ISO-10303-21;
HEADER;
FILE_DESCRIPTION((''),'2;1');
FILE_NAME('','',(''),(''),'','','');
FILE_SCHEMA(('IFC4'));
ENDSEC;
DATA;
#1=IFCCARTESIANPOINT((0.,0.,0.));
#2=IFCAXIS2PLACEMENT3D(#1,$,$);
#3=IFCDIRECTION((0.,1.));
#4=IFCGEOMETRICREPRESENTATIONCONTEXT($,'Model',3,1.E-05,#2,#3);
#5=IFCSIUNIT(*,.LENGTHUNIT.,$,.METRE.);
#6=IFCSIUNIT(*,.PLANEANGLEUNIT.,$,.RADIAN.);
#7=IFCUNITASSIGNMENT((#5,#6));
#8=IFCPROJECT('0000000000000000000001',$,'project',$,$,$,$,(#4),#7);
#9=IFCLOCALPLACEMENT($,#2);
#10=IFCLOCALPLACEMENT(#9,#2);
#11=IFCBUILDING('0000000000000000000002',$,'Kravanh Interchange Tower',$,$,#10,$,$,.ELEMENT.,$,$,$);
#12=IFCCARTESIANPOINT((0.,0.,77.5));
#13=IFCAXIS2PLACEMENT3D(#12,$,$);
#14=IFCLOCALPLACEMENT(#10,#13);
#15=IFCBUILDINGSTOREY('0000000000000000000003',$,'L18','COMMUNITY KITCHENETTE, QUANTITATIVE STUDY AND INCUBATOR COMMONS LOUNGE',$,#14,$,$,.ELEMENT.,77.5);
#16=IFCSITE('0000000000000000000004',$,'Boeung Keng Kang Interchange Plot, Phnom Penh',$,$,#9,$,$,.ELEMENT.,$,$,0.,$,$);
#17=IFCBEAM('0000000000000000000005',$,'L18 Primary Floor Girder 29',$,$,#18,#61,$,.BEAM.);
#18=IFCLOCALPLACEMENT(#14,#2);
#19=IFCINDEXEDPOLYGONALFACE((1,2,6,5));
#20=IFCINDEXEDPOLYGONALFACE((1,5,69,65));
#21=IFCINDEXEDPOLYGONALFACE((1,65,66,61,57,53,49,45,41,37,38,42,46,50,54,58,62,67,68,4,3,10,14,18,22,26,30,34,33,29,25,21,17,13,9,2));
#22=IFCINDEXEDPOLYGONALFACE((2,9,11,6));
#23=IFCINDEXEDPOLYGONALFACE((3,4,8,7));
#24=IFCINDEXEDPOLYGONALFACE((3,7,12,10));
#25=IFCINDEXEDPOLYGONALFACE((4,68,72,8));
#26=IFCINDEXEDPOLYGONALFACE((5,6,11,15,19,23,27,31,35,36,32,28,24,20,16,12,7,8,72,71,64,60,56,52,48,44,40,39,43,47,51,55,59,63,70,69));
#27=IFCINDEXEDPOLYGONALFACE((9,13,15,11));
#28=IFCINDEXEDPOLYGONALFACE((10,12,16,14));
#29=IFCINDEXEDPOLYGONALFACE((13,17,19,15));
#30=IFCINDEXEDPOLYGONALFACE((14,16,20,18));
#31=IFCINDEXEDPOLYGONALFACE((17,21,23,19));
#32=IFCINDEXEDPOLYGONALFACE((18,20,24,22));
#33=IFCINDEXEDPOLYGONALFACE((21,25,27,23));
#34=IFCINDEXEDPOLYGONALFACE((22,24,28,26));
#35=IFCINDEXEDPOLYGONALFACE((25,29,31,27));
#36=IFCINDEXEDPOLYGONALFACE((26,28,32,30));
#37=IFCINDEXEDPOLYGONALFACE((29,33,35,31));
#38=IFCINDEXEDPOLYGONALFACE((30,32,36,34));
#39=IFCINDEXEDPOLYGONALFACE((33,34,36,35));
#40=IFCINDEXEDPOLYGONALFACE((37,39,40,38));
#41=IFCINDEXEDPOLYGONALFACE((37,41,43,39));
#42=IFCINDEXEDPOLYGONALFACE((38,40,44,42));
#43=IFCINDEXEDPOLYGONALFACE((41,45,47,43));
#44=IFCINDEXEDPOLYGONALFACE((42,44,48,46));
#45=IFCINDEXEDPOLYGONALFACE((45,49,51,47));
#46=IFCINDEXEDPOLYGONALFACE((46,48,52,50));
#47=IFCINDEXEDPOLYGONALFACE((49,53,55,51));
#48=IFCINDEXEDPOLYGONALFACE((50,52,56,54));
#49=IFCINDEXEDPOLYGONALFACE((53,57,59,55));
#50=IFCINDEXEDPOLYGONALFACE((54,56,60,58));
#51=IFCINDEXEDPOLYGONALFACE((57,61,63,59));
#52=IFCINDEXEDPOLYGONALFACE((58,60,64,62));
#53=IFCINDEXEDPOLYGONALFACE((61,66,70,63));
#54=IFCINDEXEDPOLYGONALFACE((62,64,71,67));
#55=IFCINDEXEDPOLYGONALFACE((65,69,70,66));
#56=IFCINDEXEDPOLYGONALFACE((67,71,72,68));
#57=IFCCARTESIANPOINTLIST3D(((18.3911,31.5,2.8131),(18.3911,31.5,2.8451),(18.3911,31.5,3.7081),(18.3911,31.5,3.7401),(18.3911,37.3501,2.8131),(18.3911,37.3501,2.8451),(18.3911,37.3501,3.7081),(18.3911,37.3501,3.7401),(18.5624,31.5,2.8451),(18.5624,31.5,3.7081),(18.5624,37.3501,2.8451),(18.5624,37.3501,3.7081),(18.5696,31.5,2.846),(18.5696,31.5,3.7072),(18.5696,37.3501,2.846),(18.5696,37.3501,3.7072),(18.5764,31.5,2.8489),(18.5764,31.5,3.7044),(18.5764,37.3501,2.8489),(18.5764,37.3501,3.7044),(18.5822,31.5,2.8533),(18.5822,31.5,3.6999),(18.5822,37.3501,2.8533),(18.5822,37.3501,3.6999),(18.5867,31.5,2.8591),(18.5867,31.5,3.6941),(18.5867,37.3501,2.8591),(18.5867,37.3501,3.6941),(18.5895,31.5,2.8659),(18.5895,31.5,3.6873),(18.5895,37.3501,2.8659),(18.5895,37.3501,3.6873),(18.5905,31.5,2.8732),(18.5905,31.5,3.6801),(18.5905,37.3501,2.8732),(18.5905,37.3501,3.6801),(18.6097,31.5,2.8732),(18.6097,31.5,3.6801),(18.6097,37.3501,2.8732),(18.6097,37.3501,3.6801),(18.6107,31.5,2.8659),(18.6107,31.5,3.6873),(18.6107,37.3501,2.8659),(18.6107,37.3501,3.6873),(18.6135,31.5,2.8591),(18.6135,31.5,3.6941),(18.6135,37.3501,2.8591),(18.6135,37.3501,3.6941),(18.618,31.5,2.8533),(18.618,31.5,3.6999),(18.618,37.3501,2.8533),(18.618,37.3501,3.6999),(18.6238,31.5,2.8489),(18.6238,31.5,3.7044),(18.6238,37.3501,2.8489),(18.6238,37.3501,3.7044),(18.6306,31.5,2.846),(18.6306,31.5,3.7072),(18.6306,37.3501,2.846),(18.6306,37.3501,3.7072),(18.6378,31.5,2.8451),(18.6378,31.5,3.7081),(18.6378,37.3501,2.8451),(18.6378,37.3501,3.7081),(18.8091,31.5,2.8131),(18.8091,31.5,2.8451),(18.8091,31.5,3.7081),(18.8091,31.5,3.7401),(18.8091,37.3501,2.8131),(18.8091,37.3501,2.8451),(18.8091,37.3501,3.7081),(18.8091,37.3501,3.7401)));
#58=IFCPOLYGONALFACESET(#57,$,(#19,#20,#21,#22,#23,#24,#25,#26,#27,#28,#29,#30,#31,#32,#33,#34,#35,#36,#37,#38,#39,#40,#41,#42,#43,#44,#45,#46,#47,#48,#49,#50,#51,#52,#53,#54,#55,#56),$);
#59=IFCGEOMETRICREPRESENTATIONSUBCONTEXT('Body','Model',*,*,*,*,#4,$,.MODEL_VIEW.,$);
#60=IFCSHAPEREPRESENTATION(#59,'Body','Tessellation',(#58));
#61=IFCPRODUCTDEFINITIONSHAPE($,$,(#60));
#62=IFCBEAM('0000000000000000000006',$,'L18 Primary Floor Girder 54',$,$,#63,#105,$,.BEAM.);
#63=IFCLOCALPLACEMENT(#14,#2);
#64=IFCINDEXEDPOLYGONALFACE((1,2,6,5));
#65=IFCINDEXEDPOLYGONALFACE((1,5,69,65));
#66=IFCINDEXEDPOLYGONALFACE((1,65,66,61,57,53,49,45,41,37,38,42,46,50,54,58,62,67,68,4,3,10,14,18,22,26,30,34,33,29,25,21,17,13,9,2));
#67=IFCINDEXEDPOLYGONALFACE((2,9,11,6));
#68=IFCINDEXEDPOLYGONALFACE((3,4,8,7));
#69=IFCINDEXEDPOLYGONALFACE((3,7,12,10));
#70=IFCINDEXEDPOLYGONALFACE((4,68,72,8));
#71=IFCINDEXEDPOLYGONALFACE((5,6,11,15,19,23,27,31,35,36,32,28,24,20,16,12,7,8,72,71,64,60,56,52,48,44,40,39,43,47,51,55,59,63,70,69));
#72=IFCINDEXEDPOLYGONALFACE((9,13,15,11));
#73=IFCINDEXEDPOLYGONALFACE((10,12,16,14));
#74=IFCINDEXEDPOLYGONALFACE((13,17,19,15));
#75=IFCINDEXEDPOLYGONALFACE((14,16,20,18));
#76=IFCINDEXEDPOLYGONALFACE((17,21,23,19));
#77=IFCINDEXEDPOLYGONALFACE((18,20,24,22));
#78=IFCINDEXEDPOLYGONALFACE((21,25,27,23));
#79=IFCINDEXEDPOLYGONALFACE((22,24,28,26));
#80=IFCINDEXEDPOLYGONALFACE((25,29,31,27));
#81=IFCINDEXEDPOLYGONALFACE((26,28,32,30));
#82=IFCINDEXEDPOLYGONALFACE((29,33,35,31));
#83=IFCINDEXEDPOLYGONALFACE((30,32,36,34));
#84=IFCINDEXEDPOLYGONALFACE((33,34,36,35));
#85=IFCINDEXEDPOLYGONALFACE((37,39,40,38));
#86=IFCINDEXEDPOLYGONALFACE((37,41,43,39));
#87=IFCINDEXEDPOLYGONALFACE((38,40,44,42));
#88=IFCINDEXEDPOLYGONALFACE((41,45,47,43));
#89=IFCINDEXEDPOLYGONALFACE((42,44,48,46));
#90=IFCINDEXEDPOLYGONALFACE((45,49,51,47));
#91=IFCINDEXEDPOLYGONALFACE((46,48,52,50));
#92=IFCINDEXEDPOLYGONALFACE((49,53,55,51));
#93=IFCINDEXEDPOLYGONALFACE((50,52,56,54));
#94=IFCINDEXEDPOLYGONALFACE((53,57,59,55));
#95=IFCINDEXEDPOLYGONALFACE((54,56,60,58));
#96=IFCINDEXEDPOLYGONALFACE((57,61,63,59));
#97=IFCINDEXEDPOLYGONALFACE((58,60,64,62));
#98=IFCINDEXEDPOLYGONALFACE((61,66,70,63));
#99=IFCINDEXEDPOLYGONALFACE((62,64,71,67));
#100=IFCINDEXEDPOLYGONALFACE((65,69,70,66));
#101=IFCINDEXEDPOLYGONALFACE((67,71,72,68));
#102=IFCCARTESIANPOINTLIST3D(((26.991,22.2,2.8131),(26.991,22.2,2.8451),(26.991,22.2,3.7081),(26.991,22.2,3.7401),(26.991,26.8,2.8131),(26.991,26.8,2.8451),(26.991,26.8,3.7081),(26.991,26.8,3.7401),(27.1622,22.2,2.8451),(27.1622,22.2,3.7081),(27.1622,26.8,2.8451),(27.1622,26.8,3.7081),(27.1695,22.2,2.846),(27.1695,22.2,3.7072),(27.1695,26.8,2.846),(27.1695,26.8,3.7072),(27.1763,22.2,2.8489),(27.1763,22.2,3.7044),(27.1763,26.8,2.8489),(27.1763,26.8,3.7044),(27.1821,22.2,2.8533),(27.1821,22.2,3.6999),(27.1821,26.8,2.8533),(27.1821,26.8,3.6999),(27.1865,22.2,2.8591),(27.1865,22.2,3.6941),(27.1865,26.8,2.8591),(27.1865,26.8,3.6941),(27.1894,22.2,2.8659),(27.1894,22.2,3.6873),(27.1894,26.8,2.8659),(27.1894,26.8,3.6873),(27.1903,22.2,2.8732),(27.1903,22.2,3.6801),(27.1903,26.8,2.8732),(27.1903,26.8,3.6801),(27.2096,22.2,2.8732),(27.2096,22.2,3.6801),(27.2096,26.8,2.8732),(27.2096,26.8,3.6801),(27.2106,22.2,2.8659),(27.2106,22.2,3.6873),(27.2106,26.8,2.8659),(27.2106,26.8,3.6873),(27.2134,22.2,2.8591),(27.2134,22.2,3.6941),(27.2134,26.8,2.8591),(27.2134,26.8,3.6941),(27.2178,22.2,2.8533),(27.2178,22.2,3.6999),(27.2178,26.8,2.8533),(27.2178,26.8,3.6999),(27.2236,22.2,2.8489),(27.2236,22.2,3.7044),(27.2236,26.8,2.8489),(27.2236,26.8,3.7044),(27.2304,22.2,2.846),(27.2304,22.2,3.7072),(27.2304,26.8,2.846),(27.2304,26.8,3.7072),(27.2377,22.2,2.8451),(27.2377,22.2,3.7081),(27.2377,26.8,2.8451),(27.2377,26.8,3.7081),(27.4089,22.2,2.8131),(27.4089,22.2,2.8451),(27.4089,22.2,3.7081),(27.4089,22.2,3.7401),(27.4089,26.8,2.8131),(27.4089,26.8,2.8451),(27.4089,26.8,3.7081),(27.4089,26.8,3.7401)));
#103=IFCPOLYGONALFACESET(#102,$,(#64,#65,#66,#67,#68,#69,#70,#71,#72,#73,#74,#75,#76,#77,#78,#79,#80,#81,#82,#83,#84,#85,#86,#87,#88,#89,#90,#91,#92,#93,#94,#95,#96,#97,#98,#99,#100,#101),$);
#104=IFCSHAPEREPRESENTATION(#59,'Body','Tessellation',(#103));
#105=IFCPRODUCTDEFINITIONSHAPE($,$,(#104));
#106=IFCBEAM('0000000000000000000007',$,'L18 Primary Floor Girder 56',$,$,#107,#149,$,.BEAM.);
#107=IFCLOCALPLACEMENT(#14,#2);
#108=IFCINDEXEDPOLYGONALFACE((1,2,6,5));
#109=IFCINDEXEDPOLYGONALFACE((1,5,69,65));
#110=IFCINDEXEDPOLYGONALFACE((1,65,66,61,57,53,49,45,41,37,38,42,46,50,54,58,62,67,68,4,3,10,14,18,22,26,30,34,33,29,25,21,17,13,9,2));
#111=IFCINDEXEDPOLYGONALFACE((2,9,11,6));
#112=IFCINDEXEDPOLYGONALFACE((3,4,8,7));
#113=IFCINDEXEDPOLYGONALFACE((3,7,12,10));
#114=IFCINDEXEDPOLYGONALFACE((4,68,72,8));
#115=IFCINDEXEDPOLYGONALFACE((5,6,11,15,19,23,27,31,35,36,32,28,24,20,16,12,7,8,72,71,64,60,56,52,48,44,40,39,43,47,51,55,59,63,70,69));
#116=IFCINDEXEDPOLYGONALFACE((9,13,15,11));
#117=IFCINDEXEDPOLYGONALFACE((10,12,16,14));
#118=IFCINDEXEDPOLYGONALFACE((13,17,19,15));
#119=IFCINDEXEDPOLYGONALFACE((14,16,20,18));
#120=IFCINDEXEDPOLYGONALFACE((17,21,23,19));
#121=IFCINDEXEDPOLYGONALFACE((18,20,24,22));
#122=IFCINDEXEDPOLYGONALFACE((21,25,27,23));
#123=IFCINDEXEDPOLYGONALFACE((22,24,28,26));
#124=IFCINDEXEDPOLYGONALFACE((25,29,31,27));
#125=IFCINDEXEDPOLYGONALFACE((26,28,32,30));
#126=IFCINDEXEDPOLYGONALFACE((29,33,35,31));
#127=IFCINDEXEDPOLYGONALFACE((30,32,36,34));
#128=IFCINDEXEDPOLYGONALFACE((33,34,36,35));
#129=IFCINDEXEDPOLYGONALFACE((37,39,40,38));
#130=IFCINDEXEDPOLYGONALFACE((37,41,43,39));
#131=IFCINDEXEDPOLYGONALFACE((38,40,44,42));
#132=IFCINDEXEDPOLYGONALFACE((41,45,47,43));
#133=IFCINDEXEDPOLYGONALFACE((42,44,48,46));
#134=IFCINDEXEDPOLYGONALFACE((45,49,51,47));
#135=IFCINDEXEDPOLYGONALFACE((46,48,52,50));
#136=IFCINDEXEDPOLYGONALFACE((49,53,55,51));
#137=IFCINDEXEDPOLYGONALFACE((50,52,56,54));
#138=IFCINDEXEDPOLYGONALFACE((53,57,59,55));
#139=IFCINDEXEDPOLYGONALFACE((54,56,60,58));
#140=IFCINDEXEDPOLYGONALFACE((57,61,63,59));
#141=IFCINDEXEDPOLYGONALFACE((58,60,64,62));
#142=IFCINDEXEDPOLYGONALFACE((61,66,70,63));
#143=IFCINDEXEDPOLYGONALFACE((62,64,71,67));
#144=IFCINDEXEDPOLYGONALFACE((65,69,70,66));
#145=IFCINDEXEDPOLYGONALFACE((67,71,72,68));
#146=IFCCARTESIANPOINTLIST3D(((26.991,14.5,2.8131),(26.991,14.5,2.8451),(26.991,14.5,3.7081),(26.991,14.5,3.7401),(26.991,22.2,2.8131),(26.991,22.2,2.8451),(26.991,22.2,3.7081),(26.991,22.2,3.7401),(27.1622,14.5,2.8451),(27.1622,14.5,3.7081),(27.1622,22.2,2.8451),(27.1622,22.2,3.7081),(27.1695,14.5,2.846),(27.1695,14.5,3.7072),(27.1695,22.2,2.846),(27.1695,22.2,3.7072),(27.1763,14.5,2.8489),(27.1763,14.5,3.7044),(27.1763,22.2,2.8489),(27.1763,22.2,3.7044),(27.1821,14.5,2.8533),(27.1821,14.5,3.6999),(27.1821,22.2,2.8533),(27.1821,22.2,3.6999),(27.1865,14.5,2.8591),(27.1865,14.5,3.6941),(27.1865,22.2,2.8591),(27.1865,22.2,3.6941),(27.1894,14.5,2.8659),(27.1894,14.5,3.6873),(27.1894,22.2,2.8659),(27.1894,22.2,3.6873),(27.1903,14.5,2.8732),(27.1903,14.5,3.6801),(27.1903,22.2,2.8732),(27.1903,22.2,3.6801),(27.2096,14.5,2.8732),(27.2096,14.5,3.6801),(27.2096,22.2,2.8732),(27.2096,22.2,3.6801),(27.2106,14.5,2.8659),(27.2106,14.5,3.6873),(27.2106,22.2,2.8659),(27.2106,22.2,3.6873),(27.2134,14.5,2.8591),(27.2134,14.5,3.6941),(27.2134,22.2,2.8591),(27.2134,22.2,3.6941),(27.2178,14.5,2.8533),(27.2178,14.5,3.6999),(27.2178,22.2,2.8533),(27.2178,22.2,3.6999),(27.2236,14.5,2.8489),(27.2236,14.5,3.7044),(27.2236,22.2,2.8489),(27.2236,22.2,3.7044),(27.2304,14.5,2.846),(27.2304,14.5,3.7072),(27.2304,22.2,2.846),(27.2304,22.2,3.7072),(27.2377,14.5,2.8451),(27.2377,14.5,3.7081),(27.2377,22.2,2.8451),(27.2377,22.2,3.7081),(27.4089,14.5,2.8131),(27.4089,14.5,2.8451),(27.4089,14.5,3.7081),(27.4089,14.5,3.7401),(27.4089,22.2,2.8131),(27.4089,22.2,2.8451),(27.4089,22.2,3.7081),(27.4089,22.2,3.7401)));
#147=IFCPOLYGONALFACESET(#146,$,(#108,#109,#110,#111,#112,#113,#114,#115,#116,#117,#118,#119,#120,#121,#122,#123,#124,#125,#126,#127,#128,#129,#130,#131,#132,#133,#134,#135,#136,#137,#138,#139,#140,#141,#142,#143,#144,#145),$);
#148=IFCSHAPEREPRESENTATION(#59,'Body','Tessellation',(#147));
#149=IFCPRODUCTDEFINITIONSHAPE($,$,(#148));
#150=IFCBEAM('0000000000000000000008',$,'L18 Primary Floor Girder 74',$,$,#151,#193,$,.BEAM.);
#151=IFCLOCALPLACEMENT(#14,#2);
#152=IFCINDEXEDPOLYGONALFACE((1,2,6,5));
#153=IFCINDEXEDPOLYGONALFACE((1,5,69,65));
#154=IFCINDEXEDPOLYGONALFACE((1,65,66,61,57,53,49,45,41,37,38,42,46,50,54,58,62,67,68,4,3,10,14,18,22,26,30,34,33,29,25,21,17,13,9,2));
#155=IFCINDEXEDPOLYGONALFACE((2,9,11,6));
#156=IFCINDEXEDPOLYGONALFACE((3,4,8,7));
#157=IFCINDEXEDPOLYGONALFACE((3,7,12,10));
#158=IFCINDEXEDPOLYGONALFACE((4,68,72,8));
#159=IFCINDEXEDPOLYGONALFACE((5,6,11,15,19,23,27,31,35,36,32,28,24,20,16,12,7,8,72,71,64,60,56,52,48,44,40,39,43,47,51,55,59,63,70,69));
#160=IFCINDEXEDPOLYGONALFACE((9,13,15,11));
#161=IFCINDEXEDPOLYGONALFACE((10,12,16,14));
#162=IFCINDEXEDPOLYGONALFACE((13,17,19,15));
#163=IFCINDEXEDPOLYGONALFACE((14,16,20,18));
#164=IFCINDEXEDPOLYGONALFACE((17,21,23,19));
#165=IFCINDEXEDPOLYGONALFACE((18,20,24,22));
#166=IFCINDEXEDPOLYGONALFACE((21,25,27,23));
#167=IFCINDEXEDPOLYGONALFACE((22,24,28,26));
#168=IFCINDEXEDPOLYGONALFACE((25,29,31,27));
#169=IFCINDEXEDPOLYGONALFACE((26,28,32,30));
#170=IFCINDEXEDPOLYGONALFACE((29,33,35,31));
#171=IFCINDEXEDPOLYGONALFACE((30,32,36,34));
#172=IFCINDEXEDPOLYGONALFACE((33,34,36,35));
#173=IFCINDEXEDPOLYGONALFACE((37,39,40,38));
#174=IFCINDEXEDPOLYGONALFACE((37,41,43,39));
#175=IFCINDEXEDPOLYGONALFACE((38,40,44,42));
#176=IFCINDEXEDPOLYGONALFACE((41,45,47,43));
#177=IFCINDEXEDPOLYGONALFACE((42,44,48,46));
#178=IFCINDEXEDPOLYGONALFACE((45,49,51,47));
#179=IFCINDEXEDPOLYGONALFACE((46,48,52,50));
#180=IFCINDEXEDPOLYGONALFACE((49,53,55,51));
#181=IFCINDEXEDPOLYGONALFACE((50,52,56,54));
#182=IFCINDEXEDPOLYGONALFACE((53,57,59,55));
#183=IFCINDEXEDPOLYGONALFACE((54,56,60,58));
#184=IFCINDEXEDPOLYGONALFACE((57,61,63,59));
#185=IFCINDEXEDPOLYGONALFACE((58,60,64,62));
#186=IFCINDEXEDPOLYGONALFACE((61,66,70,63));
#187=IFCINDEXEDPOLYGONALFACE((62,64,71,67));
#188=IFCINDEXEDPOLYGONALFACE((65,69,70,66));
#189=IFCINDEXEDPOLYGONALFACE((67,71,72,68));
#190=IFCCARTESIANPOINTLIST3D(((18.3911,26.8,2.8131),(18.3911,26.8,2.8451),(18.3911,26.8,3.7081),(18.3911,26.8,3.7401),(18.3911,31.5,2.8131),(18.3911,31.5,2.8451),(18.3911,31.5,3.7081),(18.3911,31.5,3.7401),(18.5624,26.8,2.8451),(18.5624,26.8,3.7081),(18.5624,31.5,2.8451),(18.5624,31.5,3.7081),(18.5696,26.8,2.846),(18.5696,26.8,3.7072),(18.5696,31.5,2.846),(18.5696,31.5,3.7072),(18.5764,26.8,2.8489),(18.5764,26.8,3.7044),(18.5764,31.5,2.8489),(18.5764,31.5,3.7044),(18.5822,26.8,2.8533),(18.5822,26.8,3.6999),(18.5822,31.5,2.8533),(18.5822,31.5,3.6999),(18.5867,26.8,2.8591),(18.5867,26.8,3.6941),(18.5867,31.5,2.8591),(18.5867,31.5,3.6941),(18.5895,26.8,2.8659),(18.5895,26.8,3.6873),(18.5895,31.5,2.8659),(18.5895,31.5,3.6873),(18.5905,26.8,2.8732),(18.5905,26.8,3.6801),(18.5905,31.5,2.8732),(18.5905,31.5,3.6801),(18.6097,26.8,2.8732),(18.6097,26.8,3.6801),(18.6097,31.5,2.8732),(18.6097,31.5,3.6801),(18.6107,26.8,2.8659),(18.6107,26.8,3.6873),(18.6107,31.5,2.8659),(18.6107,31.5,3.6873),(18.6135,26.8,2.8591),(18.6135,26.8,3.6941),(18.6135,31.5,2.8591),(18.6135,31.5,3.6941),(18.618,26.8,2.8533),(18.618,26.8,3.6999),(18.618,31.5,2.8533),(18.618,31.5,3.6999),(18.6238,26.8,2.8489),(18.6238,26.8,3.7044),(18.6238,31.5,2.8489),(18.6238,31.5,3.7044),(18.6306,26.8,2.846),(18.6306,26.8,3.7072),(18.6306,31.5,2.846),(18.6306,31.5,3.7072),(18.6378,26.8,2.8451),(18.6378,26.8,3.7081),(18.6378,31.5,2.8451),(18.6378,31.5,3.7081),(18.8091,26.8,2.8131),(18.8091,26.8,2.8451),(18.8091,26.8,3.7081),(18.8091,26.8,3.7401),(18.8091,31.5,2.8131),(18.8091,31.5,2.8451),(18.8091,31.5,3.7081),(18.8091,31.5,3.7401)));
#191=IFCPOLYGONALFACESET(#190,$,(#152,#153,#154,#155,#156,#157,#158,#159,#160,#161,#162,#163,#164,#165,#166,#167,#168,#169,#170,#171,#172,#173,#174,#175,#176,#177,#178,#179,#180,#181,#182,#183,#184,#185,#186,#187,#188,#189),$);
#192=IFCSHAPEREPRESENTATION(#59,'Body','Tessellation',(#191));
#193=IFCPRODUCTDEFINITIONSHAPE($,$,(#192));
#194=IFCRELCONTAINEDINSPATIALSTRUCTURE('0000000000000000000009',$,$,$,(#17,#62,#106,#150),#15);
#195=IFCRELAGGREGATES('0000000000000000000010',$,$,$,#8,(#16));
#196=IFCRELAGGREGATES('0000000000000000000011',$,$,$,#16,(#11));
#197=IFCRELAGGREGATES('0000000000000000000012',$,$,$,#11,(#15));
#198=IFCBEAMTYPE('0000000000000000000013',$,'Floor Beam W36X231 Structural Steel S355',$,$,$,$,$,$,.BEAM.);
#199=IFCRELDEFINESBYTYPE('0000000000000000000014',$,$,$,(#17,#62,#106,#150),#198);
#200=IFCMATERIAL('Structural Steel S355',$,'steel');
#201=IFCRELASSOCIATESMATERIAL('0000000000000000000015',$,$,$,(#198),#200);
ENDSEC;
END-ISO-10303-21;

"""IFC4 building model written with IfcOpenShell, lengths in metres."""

from ifc_helpers import new_model, si_unit, direction, frame, origin, origin_2d, place, context, subcontext, project, spatial, i_section, extrude, material, material_profile, profile_set, type_object, element, save


model = new_model("IFC4")

# Units and contexts
model_context = context("Model", 3, precision=1e-05, world=origin(), true_north=direction((0.0, 1.0)))
body_context = subcontext(model_context, "Body", "Model", "MODEL_VIEW")
ifc_project = project(units=[si_unit("LENGTHUNIT", "METRE"), si_unit("PLANEANGLEUNIT", "RADIAN")], contexts=[model_context])

# Site, building, storey
site_placement = place(None, origin())
site = spatial("IfcSite", under=ifc_project, at=site_placement, Name="Boeung Keng Kang Interchange Plot, Phnom Penh", CompositionType="ELEMENT", RefElevation=0.0)
building_placement = place(site_placement, origin())
building = spatial("IfcBuilding", under=site, at=building_placement, Name="Kravanh Interchange Tower", CompositionType="ELEMENT")
storey_placement = place(building_placement, frame((0.0, 0.0, 77.5)))
storey = spatial("IfcBuildingStorey", under=building, at=storey_placement, Name="L18", Description="COMMUNITY KITCHENETTE, QUANTITATIVE STUDY AND INCUBATOR COMMONS LOUNGE", CompositionType="ELEMENT", Elevation=77.5)

# Beams
ifc_material_1 = material(Name="Structural Steel S355", Category="steel")
ifc_material_profile_1 = material_profile(ifc_material_1, i_section(OverallWidth=0.418, OverallDepth=0.927, WebThickness=0.0193, FlangeThickness=0.032, FilletRadius=0.0281, at=origin_2d()), Name="W36X231")
ifc_profile_set_1 = profile_set([ifc_material_profile_1], Name="Structural Steel S355")
beam_type_1 = type_object("IfcBeamType", Name="Floor Beam W36X231 Structural Steel S355", PredefinedType="BEAM", material=ifc_profile_set_1)
beam_1_placement = place(storey_placement, frame((18.6001, 37.3501, 3.2766), z_axis=(0.0, -1.0, 0.0), x_axis=(1.0, 0.0, 0.0)))
element("IfcBeam", 1, at=beam_1_placement, inside=storey, type_object=beam_type_1, Name="L18 Primary Floor Girder 29", PredefinedType="BEAM", context=body_context, shape_type="SweptSolid", body=[
    extrude(i_section(OverallWidth=0.418, OverallDepth=0.927, WebThickness=0.0193, FlangeThickness=0.032, FilletRadius=0.0281, at=origin_2d()), origin(), (0.0, 0.0, 1.0), 5.8501),
])
beam_2_placement = place(storey_placement, frame((27.2, 22.2, 3.2766), z_axis=(0.0, 1.0, 0.0), x_axis=(-1.0, 0.0, 0.0)))
element("IfcBeam", 2, at=beam_2_placement, inside=storey, type_object=beam_type_1, Name="L18 Primary Floor Girder 54", PredefinedType="BEAM", context=body_context, shape_type="SweptSolid", body=[
    extrude(i_section(OverallWidth=0.418, OverallDepth=0.927, WebThickness=0.0193, FlangeThickness=0.032, FilletRadius=0.0281, at=origin_2d()), origin(), (0.0, 0.0, 1.0), 4.6001),
])
beam_3_placement = place(storey_placement, frame((27.2, 22.2, 3.2766), z_axis=(0.0, -1.0, 0.0), x_axis=(1.0, 0.0, 0.0)))
element("IfcBeam", 3, at=beam_3_placement, inside=storey, type_object=beam_type_1, Name="L18 Primary Floor Girder 56", PredefinedType="BEAM", context=body_context, shape_type="SweptSolid", body=[
    extrude(i_section(OverallWidth=0.418, OverallDepth=0.927, WebThickness=0.0193, FlangeThickness=0.032, FilletRadius=0.0281, at=origin_2d()), origin(), (0.0, 0.0, 1.0), 7.7),
])
beam_4_placement = place(storey_placement, frame((18.6001, 26.8, 3.2766), z_axis=(0.0, 1.0, 0.0), x_axis=(-1.0, 0.0, 0.0)))
element("IfcBeam", 4, at=beam_4_placement, inside=storey, type_object=beam_type_1, Name="L18 Primary Floor Girder 74", PredefinedType="BEAM", context=body_context, shape_type="SweptSolid", body=[
    extrude(i_section(OverallWidth=0.418, OverallDepth=0.927, WebThickness=0.0193, FlangeThickness=0.032, FilletRadius=0.0281, at=origin_2d()), origin(), (0.0, 0.0, 1.0), 4.7),
])

save(model, "model.ifc")
